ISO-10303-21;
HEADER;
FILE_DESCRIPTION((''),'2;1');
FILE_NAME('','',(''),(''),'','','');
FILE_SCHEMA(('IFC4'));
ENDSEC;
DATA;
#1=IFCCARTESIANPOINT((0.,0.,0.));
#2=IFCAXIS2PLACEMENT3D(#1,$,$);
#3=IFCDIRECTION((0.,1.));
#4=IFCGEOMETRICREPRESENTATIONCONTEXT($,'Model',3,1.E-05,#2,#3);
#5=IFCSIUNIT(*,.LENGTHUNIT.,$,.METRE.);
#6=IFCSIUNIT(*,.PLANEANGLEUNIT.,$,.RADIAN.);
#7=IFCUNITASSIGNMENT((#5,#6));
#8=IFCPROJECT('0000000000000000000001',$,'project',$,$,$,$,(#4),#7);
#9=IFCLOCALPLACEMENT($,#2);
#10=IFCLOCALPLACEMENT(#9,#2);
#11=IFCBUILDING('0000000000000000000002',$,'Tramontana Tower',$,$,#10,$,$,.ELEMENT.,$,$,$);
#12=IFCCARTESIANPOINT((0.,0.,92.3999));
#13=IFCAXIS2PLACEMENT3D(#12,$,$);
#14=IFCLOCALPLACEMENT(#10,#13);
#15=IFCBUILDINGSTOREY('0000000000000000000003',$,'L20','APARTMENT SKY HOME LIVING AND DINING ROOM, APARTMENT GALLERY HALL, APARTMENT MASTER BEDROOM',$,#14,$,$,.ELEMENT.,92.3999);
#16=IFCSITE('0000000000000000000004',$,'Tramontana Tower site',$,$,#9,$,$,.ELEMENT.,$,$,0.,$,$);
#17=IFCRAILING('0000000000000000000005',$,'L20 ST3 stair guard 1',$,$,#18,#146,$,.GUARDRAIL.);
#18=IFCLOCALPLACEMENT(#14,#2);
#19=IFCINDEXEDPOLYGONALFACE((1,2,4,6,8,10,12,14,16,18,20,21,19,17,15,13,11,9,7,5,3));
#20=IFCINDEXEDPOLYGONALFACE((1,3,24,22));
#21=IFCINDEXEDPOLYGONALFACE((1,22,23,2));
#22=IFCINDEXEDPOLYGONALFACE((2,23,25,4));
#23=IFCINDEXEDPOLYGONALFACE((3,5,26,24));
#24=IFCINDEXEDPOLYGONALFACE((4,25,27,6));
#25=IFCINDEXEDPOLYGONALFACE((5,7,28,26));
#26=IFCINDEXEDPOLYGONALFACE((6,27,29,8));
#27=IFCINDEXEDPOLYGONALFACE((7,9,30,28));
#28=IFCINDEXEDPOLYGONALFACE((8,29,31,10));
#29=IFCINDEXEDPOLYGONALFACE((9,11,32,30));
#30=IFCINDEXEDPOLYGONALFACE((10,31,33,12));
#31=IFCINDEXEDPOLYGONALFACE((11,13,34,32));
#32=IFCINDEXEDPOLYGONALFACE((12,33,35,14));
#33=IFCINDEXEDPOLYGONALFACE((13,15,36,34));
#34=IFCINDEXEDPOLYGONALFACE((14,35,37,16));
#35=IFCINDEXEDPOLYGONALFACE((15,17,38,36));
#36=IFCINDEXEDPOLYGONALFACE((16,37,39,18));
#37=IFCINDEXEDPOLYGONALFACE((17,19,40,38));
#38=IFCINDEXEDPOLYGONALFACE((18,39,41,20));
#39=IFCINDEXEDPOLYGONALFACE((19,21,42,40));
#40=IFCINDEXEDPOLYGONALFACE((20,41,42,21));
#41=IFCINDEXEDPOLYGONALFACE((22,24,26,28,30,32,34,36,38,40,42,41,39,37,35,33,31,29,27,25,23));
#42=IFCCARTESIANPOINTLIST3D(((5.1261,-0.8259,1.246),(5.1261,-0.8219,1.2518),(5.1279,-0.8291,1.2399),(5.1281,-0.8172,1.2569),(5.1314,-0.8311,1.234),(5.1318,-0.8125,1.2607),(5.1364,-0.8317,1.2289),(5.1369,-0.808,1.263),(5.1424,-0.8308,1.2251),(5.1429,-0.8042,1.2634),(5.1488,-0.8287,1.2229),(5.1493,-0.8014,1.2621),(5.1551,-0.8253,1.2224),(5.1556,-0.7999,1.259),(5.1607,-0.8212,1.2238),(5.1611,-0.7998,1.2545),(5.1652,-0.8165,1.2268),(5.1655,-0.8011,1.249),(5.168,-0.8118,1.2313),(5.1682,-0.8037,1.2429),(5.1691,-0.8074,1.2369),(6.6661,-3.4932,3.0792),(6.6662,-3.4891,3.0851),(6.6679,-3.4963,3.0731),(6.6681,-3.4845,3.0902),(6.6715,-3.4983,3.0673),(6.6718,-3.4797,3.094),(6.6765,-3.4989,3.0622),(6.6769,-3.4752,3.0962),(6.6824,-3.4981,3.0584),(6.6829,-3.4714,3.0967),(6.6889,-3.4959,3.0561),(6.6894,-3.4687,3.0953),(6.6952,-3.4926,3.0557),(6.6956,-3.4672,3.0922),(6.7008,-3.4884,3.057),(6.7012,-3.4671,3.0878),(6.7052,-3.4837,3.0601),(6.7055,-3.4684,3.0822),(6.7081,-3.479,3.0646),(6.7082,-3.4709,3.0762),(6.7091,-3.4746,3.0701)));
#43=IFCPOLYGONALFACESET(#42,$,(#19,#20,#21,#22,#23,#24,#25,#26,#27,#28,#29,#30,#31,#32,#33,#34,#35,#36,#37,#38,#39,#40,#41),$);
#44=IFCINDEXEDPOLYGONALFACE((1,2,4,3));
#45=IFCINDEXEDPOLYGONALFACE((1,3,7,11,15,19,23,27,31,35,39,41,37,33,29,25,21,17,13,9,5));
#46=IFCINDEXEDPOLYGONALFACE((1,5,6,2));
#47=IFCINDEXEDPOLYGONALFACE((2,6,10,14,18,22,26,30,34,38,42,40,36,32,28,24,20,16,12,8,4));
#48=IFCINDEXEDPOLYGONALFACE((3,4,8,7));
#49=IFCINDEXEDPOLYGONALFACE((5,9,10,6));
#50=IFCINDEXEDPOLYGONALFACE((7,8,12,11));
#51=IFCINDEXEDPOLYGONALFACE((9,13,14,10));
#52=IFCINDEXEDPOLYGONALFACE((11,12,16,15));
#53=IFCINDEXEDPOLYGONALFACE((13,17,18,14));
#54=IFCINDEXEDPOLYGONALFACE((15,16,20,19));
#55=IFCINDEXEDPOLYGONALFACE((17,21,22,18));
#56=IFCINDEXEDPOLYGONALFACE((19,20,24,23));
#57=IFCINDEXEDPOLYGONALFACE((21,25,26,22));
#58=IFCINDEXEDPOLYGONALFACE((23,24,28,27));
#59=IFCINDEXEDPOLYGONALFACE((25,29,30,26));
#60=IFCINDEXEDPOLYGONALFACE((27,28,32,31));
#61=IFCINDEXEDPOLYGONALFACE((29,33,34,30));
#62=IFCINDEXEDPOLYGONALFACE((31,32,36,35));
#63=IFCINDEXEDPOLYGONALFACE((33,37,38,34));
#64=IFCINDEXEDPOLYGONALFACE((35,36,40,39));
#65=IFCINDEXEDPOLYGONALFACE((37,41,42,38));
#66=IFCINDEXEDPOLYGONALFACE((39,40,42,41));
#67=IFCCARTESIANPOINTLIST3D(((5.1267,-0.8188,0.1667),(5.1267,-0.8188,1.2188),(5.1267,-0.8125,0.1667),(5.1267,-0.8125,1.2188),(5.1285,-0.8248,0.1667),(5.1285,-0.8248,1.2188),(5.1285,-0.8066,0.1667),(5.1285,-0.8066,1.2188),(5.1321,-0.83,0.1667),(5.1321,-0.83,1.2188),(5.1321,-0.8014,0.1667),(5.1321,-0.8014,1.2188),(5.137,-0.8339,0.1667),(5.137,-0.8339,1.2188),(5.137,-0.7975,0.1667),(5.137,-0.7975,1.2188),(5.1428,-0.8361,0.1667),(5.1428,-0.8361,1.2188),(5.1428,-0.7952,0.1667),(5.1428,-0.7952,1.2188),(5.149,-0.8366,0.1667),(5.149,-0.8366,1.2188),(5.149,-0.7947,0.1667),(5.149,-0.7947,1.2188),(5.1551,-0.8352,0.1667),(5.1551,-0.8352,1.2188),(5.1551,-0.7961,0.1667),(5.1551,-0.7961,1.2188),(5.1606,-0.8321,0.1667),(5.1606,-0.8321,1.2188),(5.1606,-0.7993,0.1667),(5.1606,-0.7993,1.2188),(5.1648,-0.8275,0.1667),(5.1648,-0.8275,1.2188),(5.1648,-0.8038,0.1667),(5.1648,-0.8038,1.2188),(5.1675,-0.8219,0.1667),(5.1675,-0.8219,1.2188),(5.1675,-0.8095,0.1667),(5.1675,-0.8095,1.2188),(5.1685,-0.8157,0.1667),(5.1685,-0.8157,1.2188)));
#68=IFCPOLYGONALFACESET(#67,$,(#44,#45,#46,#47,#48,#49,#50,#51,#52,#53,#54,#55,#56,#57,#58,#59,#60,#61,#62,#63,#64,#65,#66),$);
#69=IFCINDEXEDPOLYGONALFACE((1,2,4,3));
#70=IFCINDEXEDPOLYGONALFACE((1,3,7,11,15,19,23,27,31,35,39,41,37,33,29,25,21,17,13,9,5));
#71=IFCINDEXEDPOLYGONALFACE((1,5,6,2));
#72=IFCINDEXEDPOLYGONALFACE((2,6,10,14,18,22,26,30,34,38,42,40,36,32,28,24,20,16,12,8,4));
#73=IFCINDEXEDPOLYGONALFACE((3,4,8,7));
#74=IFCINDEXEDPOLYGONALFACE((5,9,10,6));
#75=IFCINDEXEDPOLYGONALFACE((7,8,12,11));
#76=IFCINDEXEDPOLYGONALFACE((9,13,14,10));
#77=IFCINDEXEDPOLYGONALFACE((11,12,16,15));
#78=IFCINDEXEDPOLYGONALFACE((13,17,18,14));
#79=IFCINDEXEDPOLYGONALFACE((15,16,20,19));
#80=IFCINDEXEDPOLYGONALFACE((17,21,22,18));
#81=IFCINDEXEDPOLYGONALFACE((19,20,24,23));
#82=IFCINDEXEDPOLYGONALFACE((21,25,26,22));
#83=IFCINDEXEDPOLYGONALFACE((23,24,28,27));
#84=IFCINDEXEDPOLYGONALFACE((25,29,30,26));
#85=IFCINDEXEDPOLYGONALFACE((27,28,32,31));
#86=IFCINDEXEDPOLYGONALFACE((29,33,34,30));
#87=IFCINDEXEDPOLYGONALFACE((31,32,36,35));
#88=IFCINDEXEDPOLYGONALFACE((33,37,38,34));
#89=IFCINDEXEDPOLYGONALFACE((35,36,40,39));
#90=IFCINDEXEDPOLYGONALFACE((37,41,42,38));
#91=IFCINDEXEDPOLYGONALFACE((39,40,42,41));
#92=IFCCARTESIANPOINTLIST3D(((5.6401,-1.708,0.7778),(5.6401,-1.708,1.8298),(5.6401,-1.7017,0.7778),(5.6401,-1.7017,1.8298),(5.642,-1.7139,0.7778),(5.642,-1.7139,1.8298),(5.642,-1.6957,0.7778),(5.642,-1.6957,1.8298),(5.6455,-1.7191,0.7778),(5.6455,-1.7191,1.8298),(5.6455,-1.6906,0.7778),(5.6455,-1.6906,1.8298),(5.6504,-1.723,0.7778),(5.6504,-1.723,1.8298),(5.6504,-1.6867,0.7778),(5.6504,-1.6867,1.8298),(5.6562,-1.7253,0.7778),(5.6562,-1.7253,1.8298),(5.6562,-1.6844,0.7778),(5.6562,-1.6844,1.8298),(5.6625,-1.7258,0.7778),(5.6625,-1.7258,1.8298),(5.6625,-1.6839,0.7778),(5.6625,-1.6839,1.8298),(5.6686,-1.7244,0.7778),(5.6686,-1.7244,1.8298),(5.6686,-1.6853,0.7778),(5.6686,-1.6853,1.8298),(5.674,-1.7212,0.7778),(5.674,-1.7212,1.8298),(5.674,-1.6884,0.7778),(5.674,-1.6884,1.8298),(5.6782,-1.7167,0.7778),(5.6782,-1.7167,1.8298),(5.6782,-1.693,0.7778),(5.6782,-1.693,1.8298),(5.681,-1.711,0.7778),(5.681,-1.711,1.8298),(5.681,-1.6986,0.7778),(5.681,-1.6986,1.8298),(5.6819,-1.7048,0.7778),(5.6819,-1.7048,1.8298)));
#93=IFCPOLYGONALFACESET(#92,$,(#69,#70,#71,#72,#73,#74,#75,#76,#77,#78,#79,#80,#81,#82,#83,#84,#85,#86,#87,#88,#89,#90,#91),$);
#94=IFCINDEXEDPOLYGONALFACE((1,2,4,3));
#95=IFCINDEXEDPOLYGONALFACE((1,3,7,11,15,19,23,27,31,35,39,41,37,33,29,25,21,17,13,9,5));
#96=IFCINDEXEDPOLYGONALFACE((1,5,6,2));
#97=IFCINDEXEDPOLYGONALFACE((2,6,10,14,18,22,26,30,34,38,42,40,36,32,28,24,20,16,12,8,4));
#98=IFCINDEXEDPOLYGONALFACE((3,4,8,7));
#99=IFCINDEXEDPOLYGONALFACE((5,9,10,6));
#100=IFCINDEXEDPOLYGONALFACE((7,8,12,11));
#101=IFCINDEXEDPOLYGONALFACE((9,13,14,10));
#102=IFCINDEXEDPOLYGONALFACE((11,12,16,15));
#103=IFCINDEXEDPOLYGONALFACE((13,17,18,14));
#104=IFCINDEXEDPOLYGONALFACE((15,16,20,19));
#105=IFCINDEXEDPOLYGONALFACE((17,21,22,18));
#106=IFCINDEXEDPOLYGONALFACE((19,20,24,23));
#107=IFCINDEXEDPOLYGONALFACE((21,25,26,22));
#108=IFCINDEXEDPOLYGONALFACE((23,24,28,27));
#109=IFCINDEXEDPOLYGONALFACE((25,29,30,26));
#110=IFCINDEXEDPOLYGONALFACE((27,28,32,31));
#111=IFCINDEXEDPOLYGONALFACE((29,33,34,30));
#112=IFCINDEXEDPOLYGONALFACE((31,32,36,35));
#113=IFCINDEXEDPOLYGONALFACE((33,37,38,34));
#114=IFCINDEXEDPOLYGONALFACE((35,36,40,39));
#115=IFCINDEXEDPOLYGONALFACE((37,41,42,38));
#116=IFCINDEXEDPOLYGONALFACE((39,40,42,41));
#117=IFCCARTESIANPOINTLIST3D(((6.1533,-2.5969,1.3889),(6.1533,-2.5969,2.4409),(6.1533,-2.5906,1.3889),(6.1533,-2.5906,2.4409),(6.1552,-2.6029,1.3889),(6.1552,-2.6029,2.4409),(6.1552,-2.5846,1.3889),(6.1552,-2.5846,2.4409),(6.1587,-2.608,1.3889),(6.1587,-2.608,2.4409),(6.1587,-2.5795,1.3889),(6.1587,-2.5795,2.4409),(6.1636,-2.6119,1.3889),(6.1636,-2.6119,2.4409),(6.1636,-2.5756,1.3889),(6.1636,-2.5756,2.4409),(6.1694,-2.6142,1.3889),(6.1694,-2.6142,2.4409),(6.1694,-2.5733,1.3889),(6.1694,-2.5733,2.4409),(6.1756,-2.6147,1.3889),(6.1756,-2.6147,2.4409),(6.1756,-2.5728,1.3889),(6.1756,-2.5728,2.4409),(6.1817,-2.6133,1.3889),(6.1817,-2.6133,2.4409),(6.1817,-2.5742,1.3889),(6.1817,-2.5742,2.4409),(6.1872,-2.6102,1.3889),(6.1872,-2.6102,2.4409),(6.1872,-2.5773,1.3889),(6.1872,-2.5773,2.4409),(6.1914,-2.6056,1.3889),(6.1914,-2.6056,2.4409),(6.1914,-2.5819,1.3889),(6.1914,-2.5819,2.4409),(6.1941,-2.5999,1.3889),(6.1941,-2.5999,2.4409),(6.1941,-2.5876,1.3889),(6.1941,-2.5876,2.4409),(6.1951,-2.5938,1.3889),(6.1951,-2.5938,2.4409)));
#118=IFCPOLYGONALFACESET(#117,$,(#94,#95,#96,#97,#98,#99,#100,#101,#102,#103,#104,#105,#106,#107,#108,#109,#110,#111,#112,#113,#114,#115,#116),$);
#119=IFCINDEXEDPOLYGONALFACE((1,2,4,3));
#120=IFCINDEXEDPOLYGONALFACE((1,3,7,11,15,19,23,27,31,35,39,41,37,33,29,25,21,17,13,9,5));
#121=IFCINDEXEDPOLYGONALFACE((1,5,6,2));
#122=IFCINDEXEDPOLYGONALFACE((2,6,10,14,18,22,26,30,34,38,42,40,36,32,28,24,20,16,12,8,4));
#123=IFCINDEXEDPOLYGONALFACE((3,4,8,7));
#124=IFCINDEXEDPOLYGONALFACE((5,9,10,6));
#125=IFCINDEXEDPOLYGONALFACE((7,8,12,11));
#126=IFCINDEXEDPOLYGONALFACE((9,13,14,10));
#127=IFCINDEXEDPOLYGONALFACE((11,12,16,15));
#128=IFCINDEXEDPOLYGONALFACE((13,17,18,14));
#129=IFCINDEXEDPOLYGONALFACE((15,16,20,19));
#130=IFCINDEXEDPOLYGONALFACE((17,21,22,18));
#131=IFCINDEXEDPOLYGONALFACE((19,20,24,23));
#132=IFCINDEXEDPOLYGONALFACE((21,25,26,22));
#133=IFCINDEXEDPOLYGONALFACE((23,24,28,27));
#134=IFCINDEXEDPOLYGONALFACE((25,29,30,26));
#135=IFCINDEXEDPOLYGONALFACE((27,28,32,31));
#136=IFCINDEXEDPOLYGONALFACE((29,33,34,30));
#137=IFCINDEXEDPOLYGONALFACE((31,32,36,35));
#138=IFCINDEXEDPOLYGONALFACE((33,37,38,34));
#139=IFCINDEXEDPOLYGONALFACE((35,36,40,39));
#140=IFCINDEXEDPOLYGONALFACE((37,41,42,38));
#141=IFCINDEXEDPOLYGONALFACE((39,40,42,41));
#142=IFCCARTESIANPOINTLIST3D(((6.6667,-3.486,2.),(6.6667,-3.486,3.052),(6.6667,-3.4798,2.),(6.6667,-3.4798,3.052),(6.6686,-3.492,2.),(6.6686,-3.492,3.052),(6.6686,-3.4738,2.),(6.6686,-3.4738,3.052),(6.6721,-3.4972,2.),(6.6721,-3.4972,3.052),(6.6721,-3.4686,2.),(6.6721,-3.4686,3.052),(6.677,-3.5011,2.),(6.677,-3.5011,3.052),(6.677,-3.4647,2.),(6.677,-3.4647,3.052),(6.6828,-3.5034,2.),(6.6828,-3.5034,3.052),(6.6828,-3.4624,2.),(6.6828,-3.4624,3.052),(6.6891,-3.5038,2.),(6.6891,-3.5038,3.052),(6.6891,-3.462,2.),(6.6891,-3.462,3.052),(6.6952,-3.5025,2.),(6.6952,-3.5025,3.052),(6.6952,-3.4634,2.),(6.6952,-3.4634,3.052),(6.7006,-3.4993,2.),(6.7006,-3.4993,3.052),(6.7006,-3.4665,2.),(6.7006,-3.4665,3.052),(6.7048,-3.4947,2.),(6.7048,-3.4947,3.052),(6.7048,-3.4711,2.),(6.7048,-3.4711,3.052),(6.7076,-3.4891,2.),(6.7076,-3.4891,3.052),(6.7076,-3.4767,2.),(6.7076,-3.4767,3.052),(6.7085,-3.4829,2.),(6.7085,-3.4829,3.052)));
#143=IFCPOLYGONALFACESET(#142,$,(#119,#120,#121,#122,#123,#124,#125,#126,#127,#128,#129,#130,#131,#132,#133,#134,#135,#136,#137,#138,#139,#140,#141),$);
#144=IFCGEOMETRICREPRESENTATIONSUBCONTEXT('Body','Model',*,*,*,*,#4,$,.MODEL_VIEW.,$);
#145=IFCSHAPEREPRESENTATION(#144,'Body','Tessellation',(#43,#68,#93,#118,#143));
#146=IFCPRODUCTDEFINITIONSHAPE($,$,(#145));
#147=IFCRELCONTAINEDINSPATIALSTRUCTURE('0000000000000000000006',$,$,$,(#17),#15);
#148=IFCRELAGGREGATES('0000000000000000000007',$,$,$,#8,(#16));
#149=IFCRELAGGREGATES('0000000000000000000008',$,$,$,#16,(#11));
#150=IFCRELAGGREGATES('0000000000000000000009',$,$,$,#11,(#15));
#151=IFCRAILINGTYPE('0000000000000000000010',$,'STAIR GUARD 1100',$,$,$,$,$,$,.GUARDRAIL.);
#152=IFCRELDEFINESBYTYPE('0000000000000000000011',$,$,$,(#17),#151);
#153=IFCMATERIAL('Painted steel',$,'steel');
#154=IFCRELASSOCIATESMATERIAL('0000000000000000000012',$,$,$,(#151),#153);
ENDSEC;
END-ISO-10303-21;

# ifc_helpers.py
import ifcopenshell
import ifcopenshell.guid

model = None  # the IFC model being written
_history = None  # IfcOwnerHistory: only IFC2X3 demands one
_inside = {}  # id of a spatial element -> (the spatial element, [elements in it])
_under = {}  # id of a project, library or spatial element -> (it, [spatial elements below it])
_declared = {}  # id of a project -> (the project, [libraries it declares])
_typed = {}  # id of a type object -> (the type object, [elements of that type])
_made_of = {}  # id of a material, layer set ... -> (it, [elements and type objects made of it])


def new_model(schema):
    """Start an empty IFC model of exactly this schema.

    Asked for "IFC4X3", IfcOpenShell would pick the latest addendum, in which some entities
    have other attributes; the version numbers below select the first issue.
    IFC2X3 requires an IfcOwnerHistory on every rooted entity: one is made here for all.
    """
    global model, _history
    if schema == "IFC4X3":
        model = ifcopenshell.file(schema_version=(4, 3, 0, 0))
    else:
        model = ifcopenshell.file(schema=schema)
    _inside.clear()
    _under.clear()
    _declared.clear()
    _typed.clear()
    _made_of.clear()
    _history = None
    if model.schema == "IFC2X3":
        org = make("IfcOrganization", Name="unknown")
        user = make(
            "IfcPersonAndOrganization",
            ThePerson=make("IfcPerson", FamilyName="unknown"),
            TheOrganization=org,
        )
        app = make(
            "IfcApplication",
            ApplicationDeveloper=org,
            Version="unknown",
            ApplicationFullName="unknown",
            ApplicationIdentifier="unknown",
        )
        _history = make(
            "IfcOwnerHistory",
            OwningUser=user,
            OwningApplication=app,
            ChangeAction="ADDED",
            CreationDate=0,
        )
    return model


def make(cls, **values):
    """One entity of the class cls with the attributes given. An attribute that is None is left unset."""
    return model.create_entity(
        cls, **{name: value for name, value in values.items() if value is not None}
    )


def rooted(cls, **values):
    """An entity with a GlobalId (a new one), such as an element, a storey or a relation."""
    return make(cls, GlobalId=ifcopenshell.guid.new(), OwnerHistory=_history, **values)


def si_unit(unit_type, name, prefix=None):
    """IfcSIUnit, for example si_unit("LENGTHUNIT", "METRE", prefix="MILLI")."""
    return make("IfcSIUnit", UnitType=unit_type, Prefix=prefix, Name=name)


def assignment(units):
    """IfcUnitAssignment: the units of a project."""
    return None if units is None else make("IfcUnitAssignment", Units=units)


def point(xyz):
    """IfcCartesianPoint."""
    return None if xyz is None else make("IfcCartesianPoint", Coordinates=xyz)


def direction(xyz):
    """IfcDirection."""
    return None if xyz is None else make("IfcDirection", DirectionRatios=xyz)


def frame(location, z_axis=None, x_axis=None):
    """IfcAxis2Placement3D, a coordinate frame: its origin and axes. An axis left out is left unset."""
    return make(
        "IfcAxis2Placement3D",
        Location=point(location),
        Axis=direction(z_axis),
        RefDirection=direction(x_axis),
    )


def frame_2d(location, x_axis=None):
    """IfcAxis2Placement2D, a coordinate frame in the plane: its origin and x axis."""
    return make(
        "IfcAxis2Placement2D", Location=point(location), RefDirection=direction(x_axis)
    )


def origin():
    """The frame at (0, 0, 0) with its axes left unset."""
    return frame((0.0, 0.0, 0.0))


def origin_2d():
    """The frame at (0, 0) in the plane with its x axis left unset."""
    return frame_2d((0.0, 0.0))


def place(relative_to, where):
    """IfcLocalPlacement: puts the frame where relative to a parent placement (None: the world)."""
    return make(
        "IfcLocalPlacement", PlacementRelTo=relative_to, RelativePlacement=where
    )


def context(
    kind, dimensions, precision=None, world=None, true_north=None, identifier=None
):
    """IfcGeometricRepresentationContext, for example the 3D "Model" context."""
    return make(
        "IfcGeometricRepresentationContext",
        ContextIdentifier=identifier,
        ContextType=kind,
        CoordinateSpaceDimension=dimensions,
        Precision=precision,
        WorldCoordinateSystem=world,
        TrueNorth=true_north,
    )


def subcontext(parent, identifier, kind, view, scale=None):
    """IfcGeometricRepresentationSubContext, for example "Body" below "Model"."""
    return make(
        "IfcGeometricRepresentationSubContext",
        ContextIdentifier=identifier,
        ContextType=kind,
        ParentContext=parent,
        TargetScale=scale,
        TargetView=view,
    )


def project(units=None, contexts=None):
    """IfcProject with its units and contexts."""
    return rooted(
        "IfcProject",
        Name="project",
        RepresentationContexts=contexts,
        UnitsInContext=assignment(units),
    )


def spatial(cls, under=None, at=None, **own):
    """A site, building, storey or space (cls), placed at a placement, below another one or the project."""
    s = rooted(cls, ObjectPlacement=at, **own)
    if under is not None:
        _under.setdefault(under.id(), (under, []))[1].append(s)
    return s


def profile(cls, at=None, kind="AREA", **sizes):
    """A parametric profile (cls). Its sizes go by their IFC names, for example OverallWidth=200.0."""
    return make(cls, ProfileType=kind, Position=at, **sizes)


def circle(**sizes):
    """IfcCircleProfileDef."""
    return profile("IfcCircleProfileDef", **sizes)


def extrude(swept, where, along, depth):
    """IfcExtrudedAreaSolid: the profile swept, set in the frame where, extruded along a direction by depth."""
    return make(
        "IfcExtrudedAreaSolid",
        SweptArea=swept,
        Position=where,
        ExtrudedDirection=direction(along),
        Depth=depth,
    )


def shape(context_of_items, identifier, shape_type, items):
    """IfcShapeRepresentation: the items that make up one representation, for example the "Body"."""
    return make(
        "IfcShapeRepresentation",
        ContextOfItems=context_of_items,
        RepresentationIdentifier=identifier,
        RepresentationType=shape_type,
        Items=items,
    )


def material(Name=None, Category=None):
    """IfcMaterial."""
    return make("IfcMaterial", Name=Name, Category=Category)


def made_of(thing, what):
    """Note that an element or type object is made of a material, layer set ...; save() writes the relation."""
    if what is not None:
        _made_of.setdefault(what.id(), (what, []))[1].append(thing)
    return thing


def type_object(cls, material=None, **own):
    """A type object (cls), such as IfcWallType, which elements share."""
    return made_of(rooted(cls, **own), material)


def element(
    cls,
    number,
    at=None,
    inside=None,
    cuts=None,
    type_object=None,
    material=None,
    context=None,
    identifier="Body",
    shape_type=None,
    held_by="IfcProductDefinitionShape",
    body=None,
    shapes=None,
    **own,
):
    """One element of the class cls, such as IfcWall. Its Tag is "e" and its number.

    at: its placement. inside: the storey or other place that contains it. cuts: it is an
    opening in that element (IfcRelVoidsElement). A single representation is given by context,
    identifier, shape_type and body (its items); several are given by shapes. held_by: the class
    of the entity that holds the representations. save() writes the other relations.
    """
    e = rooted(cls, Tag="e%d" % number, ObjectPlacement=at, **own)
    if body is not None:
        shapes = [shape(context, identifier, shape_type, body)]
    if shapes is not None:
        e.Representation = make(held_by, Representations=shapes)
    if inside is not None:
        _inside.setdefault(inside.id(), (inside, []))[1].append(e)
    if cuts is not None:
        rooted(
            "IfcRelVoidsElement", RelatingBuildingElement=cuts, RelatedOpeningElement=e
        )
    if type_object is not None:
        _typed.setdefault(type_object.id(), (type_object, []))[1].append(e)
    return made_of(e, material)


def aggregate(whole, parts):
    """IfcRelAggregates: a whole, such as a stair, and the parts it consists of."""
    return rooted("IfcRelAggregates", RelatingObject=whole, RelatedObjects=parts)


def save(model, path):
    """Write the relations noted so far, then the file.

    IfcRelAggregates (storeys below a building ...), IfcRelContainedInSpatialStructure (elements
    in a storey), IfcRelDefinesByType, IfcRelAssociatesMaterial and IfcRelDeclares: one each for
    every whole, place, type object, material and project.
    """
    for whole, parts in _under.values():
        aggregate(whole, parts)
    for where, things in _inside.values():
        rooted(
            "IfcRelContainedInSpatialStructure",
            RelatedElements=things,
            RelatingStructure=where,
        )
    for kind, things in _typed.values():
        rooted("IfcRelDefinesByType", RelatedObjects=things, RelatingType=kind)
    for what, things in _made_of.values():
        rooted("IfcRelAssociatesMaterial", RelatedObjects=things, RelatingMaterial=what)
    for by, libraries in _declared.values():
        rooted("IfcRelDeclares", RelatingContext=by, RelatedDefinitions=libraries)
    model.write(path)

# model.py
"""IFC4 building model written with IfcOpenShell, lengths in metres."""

from ifc_helpers import new_model, si_unit, direction, frame, origin, origin_2d, place, context, subcontext, project, spatial, circle, extrude, material, type_object, element, save


model = new_model("IFC4")

# Units and contexts
model_context = context("Model", 3, precision=1e-05, world=origin(), true_north=direction((0.0, 1.0)))
body_context = subcontext(model_context, "Body", "Model", "MODEL_VIEW")
ifc_project = project(units=[si_unit("LENGTHUNIT", "METRE"), si_unit("PLANEANGLEUNIT", "RADIAN")], contexts=[model_context])

# Site, building, storey
site_placement = place(None, origin())
site = spatial("IfcSite", under=ifc_project, at=site_placement, Name="Tramontana Tower site", CompositionType="ELEMENT", RefElevation=0.0)
building_placement = place(site_placement, origin())
building = spatial("IfcBuilding", under=site, at=building_placement, Name="Tramontana Tower", CompositionType="ELEMENT")
storey_placement = place(building_placement, frame((0.0, 0.0, 92.3999)))
storey = spatial("IfcBuildingStorey", under=building, at=storey_placement, Name="L20", Description="APARTMENT SKY HOME LIVING AND DINING ROOM, APARTMENT GALLERY HALL, APARTMENT MASTER BEDROOM", CompositionType="ELEMENT", Elevation=92.3999)

# Railing
ifc_material_1 = material(Name="Painted steel", Category="steel")
railing_type_1 = type_object("IfcRailingType", Name="STAIR GUARD 1100", PredefinedType="GUARDRAIL", material=ifc_material_1)
railing_1_placement = place(storey_placement, frame((5.1475, -0.8157, 0.1667)))
element("IfcRailing", 1, at=railing_1_placement, inside=storey, type_object=railing_type_1, Name="L20 ST3 stair guard 1", PredefinedType="GUARDRAIL", context=body_context, shape_type="SweptSolid", body=[
    extrude(circle(Radius=0.0239, at=origin_2d()), frame((0.0, 0.0, 1.0762), z_axis=(0.429671, -0.744159, 0.511478), x_axis=(0.86601, 0.500027, 0.0)), (0.0, 0.0, 1.0), 3.5842),
    extrude(circle(Radius=0.021, at=origin_2d()), origin(), (0.0, 0.0, 1.0), 1.052),
    extrude(circle(Radius=0.021, at=origin_2d()), frame((0.5134, -0.8892, 0.6111)), (0.0, 0.0, 1.0), 1.052),
    extrude(circle(Radius=0.021, at=origin_2d()), frame((1.0266, -1.7781, 1.2222)), (0.0, 0.0, 1.0), 1.052),
    extrude(circle(Radius=0.021, at=origin_2d()), frame((1.54, -2.6672, 1.8333)), (0.0, 0.0, 1.0), 1.052),
])

save(model, "model.ifc")
